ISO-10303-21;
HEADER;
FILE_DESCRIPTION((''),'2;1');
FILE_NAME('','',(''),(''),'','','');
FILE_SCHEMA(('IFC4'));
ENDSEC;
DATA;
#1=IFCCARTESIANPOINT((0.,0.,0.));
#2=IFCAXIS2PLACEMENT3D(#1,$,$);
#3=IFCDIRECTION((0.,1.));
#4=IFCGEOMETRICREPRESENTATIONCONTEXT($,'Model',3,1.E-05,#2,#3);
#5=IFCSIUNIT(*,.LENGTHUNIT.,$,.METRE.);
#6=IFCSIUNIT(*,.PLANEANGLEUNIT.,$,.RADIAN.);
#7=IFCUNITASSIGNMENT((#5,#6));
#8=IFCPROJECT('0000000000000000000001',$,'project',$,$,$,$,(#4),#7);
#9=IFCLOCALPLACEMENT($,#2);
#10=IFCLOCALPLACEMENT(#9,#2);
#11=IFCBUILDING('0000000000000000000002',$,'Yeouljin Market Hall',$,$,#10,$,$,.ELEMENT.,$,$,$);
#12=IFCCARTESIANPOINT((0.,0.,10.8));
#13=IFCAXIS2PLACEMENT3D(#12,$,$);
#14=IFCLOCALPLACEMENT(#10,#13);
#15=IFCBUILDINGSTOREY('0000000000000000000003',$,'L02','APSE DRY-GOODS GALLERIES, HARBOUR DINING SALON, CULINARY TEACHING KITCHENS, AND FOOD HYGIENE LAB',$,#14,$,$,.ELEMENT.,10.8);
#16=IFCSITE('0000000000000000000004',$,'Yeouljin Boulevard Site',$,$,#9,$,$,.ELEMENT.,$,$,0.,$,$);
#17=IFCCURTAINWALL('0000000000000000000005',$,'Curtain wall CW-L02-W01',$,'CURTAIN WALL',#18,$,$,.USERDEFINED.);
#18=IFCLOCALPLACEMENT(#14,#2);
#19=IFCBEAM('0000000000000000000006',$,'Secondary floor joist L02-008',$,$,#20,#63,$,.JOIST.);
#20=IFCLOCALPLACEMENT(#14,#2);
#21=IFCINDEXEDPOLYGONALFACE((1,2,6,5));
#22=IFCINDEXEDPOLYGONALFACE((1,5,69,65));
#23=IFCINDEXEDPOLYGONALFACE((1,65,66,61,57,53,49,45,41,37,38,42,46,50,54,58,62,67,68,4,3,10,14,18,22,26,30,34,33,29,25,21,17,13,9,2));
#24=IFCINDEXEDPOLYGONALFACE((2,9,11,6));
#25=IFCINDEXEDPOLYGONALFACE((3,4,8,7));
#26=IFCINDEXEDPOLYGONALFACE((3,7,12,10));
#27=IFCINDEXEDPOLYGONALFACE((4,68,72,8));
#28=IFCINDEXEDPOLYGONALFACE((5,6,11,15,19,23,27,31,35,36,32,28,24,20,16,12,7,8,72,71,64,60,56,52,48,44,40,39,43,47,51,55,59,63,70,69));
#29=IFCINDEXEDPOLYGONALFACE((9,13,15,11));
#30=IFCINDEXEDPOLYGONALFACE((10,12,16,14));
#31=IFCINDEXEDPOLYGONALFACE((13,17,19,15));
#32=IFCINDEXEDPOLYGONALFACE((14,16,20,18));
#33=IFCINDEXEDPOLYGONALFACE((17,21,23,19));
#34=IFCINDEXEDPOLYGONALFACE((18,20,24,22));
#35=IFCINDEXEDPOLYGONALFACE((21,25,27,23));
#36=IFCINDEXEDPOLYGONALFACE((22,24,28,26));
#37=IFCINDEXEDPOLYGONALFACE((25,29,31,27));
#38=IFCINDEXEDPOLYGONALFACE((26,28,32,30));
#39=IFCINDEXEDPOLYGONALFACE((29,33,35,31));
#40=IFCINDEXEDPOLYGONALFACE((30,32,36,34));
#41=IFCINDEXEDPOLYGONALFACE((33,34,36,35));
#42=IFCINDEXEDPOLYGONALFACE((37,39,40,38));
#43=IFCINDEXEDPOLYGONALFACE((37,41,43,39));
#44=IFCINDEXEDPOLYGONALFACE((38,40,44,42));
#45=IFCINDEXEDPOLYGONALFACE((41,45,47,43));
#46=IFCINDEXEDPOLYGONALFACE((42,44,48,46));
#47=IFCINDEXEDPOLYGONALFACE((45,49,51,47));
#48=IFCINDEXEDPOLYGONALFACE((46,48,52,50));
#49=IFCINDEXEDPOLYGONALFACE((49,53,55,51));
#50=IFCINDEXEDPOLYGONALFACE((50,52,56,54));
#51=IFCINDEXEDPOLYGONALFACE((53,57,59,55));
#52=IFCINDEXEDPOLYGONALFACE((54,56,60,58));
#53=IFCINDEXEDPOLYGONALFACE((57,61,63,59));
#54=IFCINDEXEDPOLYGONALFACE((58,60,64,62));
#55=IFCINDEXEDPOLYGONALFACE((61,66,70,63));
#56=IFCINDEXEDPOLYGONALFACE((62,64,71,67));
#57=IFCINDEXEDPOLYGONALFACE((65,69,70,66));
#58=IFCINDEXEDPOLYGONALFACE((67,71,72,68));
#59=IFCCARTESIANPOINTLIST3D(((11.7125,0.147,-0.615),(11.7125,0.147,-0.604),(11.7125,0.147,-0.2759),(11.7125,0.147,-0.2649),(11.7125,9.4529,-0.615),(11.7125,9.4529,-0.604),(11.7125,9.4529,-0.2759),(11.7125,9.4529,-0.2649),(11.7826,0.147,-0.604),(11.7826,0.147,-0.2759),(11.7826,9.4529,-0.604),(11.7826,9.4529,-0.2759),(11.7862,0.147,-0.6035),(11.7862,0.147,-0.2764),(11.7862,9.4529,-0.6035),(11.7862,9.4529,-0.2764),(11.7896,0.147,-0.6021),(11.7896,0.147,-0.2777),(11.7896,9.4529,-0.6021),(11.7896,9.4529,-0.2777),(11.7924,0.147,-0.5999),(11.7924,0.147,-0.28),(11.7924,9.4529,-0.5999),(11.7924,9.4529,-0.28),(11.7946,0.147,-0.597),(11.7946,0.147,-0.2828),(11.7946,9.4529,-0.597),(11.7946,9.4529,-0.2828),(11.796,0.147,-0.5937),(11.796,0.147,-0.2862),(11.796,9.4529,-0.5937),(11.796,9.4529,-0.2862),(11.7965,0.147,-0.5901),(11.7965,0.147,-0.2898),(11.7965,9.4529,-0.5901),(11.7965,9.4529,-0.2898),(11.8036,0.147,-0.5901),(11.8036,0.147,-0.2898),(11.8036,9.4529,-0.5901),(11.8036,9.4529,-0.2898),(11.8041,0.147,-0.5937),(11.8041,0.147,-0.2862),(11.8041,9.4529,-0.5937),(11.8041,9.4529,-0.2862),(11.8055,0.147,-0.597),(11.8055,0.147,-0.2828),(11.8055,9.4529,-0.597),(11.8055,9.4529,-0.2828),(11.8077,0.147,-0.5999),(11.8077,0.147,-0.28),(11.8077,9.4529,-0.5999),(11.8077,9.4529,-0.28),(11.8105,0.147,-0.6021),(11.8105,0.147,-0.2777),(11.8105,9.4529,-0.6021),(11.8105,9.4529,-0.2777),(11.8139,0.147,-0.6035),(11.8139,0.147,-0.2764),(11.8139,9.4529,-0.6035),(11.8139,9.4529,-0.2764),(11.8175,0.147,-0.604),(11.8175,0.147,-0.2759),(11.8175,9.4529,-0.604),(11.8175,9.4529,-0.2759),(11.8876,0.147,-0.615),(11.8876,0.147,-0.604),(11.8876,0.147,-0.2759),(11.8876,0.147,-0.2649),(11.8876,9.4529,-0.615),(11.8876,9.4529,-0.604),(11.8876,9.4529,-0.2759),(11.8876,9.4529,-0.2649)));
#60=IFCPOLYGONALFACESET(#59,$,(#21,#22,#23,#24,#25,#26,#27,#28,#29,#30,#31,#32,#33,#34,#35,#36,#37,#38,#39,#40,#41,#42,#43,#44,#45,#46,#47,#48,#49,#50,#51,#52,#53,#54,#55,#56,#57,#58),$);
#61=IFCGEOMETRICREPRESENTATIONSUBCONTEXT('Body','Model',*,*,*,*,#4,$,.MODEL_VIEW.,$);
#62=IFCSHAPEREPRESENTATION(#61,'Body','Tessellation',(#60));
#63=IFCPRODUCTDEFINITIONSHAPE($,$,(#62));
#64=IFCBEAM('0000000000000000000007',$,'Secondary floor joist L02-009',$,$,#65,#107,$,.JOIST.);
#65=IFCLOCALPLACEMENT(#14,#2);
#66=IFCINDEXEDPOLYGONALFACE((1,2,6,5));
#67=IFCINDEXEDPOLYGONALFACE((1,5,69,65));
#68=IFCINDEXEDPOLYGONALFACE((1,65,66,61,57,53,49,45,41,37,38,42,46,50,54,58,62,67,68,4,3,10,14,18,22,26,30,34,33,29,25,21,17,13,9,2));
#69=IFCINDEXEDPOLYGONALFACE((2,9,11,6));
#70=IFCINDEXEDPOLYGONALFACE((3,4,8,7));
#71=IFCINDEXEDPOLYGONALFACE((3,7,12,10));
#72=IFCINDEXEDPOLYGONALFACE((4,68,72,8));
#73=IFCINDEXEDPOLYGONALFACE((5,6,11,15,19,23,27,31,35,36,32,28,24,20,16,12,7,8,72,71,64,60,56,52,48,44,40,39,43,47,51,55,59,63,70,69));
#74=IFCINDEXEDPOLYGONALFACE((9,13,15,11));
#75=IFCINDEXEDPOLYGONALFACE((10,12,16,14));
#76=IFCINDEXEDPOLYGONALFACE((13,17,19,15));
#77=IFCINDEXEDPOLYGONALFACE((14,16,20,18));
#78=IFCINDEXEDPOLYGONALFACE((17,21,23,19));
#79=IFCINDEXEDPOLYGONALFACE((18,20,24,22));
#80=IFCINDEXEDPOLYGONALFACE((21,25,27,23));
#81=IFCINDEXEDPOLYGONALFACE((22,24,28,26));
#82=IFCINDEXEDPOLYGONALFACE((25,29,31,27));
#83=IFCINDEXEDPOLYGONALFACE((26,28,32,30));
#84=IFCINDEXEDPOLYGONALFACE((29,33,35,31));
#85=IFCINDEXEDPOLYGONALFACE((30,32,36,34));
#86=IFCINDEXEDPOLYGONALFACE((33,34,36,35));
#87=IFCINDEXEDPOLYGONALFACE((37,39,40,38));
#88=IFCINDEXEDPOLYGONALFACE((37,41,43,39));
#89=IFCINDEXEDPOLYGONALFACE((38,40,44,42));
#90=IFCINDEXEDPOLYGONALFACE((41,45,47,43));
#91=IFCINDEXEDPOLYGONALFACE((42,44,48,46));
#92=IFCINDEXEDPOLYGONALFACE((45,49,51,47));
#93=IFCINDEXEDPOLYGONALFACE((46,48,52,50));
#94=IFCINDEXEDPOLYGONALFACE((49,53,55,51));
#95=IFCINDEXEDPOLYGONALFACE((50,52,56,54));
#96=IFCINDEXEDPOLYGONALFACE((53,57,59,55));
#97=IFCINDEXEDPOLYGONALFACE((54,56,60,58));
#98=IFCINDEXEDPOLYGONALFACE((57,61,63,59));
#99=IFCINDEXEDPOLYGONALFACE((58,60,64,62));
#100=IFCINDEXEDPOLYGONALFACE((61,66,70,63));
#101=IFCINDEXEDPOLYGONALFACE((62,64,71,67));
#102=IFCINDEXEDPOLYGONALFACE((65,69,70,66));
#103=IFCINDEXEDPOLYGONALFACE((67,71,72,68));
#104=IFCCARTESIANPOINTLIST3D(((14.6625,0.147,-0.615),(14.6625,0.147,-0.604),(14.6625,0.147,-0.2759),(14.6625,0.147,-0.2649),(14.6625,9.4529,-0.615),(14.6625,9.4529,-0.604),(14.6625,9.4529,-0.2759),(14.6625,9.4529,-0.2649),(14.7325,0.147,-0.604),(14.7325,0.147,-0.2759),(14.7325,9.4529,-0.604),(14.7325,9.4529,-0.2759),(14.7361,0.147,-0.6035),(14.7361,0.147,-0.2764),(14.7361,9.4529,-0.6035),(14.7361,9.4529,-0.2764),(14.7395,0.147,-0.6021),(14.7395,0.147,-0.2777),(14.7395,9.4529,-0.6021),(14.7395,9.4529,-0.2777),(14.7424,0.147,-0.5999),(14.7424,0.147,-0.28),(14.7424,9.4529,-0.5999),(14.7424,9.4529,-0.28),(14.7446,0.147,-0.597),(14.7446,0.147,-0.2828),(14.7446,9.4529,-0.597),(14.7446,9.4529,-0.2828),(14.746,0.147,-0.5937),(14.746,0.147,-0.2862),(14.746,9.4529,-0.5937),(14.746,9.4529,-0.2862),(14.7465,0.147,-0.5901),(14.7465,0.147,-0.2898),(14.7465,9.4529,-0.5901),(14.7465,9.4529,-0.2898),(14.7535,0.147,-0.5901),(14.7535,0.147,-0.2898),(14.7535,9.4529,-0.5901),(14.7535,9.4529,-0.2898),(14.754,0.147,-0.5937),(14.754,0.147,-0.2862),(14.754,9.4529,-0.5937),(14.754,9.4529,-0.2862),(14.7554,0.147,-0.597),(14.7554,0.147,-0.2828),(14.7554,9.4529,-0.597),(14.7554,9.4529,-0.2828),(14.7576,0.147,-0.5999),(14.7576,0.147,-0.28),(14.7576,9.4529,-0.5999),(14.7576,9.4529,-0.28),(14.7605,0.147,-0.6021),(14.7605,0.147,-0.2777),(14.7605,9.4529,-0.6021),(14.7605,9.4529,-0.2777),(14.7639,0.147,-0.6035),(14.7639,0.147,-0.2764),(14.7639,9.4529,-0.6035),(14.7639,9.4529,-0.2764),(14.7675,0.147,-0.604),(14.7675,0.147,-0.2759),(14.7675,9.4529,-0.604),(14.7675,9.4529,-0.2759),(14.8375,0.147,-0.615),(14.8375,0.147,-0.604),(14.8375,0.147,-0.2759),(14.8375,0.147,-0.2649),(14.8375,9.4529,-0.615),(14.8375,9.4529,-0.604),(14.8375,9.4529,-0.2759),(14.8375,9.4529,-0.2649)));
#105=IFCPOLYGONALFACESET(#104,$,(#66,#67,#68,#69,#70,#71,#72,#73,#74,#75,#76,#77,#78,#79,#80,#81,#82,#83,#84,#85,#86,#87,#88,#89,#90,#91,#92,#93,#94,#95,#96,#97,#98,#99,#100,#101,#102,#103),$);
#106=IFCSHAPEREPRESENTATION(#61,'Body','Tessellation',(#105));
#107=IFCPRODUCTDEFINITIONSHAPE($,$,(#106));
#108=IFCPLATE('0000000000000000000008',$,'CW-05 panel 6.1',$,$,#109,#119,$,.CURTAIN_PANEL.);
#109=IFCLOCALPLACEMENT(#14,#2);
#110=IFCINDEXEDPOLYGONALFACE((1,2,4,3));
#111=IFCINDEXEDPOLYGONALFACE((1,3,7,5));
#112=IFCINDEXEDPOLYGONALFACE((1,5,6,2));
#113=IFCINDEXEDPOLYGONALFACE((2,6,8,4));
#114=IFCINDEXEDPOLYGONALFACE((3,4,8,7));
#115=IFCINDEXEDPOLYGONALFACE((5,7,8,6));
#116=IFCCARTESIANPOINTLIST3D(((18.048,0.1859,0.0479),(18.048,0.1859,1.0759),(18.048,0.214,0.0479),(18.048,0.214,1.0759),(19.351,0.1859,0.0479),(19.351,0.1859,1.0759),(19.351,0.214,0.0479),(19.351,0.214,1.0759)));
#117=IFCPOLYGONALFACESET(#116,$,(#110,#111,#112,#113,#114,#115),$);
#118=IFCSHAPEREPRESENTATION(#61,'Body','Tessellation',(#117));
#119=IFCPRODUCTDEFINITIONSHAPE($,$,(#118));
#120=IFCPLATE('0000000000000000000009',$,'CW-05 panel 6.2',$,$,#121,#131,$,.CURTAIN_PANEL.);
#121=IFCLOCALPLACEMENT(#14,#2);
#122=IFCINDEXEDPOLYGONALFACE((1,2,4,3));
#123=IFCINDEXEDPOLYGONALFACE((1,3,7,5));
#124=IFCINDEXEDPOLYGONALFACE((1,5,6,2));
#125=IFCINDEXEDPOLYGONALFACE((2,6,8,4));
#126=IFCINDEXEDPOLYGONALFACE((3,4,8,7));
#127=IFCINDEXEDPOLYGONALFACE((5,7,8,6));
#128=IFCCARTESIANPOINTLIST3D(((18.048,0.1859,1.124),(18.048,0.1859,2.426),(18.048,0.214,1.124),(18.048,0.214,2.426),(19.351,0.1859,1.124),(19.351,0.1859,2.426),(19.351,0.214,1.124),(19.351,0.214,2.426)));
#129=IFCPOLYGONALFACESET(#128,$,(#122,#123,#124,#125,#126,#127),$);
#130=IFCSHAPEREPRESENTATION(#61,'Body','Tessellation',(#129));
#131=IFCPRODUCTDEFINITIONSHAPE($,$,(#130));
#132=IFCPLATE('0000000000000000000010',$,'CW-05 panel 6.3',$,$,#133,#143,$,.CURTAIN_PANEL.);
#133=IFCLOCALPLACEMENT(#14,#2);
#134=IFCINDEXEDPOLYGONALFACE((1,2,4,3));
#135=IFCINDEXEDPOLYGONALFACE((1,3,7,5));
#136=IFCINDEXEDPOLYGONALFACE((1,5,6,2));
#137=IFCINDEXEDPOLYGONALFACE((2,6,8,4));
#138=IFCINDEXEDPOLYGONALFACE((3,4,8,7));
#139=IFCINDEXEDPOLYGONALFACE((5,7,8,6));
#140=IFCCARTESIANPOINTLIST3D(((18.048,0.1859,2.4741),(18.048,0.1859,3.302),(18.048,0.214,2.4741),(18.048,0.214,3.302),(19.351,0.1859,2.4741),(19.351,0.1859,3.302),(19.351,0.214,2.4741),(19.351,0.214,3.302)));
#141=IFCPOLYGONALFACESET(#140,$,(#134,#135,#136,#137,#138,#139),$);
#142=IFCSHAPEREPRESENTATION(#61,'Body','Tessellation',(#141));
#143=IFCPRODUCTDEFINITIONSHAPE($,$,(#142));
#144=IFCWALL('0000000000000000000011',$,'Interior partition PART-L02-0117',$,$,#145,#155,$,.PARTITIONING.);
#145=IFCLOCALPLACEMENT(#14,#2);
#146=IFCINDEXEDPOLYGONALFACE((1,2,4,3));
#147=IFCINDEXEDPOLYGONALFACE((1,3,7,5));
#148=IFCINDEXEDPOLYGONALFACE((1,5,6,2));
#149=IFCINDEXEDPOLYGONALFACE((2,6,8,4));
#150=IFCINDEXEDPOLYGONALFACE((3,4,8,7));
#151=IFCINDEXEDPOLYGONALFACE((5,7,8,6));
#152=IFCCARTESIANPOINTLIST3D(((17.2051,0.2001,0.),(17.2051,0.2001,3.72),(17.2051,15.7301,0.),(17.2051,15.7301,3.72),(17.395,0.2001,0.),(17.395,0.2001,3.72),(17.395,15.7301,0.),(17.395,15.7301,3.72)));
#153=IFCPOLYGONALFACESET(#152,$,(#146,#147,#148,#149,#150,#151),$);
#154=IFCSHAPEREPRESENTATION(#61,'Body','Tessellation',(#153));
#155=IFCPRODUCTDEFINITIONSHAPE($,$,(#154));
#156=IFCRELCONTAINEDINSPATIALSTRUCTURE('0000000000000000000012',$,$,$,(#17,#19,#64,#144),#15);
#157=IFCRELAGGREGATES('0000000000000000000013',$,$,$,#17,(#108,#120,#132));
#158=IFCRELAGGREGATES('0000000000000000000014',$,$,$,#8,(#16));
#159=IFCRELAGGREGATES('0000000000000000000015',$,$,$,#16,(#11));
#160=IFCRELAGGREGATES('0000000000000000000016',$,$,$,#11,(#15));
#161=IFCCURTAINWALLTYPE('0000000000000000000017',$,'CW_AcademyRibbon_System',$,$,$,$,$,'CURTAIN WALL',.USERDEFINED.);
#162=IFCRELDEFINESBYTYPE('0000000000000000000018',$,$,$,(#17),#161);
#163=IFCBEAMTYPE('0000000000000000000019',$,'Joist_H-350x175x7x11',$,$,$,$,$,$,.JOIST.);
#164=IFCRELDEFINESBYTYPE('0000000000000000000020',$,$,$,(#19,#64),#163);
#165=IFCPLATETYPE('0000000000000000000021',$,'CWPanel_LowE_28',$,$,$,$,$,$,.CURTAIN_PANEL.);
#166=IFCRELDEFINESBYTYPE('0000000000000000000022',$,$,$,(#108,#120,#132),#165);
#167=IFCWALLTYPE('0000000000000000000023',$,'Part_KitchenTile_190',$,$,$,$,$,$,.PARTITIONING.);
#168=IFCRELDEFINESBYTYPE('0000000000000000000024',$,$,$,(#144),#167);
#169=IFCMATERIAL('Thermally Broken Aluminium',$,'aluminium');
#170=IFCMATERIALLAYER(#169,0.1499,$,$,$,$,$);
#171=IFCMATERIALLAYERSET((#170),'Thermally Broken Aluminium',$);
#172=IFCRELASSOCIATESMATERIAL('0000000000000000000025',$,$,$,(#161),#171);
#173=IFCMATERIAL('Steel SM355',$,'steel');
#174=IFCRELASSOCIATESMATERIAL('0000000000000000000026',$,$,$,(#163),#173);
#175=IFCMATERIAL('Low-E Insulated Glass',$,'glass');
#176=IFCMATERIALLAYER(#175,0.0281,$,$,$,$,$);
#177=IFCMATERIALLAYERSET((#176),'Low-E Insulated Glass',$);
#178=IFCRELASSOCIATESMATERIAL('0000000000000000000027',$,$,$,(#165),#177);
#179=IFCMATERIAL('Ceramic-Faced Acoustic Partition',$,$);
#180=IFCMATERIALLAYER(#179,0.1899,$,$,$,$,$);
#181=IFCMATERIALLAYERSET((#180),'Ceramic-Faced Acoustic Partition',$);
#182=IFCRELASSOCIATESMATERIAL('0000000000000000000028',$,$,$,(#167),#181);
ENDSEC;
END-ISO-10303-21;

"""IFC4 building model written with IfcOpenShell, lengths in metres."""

from ifc_helpers import new_model, si_unit, direction, frame, frame_2d, origin, origin_2d, place, context, subcontext, project, spatial, rectangle, i_section, extrude, material, layer, layer_set, material_profile, profile_set, type_object, element, aggregate, save


model = new_model("IFC4")

# Units and contexts
model_context = context("Model", 3, precision=1e-05, world=origin(), true_north=direction((0.0, 1.0)))
body_context = subcontext(model_context, "Body", "Model", "MODEL_VIEW")
ifc_project = project(units=[si_unit("LENGTHUNIT", "METRE"), si_unit("PLANEANGLEUNIT", "RADIAN")], contexts=[model_context])

# Site, building, storey
site_placement = place(None, origin())
site = spatial("IfcSite", under=ifc_project, at=site_placement, Name="Yeouljin Boulevard Site", CompositionType="ELEMENT", RefElevation=0.0)
building_placement = place(site_placement, origin())
building = spatial("IfcBuilding", under=site, at=building_placement, Name="Yeouljin Market Hall", CompositionType="ELEMENT")
storey_placement = place(building_placement, frame((0.0, 0.0, 10.8)))
storey = spatial("IfcBuildingStorey", under=building, at=storey_placement, Name="L02", Description="APSE DRY-GOODS GALLERIES, HARBOUR DINING SALON, CULINARY TEACHING KITCHENS, AND FOOD HYGIENE LAB", CompositionType="ELEMENT", Elevation=10.8)

# Curtain wall
ifc_material_1 = material(Name="Thermally Broken Aluminium", Category="aluminium")
ifc_layer_1 = layer(ifc_material_1, 0.1499)
ifc_layer_set_1 = layer_set([ifc_layer_1], Name="Thermally Broken Aluminium")
curtain_wall_type = type_object("IfcCurtainWallType", Name="CW_AcademyRibbon_System", ElementType="CURTAIN WALL", PredefinedType="USERDEFINED", material=ifc_layer_set_1)
curtain_wall_1_placement = place(storey_placement, origin())
curtain_wall_1 = element("IfcCurtainWall", 1, at=curtain_wall_1_placement, inside=storey, type_object=curtain_wall_type, Name="Curtain wall CW-L02-W01", ObjectType="CURTAIN WALL", PredefinedType="USERDEFINED")

# Beams
ifc_material_2 = material(Name="Steel SM355", Category="steel")
ifc_material_profile_1 = material_profile(ifc_material_2, i_section(OverallWidth=0.175, OverallDepth=0.3501, WebThickness=0.0071, FlangeThickness=0.011, FilletRadius=0.0139, at=origin_2d()), Name="H-350x175x7x11")
ifc_profile_set_1 = profile_set([ifc_material_profile_1], Name="Steel SM355")
beam_type_1 = type_object("IfcBeamType", Name="Joist_H-350x175x7x11", PredefinedType="JOIST", material=ifc_profile_set_1)
for number, where, z_axis, x_axis, name in (
    (2, (11.8, 0.147, -0.4399), (0.0, 1.0, 0.0), (-1.0, 0.0, 0.0), "Secondary floor joist L02-008"),
    (3, (14.75, 0.147, -0.4399), (0.0, 1.0, 0.0), (-1.0, 0.0, 0.0), "Secondary floor joist L02-009"),
):
    element("IfcBeam", number, at=place(storey_placement, frame(where, z_axis=z_axis, x_axis=x_axis)), inside=storey, type_object=beam_type_1, Name=name, PredefinedType="JOIST", context=body_context, shape_type="SweptSolid", body=[
        extrude(i_section(OverallWidth=0.175, OverallDepth=0.3501, WebThickness=0.0071, FlangeThickness=0.011, FilletRadius=0.0139, at=origin_2d()), origin(), (0.0, 0.0, 1.0), 9.3059),
    ])

# Plates
ifc_material_3 = material(Name="Low-E Insulated Glass", Category="glass")
ifc_layer_2 = layer(ifc_material_3, 0.0281)
ifc_layer_set_2 = layer_set([ifc_layer_2], Name="Low-E Insulated Glass")
plate_type = type_object("IfcPlateType", Name="CWPanel_LowE_28", PredefinedType="CURTAIN_PANEL", material=ifc_layer_set_2)
plate_1_placement = place(storey_placement, frame((18.6995, 0.2, 0.0479), z_axis=(0.0, 0.0, 1.0), x_axis=(-1.0, 0.0, 0.0)))
plate_1 = element("IfcPlate", 4, at=plate_1_placement, type_object=plate_type, Name="CW-05 panel 6.1", PredefinedType="CURTAIN_PANEL", context=body_context, shape_type="SweptSolid", body=[
    extrude(rectangle(XDim=1.303, YDim=0.0281, at=origin_2d()), origin(), (0.0, 0.0, 1.0), 1.0281),
])
plate_2_placement = place(storey_placement, frame((18.6995, 0.2, 1.124), z_axis=(0.0, 0.0, 1.0), x_axis=(-1.0, 0.0, 0.0)))
plate_2 = element("IfcPlate", 5, at=plate_2_placement, type_object=plate_type, Name="CW-05 panel 6.2", PredefinedType="CURTAIN_PANEL", context=body_context, shape_type="SweptSolid", body=[
    extrude(rectangle(XDim=1.303, YDim=0.0281, at=origin_2d()), origin(), (0.0, 0.0, 1.0), 1.302),
])
plate_3_placement = place(storey_placement, frame((18.6995, 0.2, 2.4741), z_axis=(0.0, 0.0, 1.0), x_axis=(-1.0, 0.0, 0.0)))
plate_3 = element("IfcPlate", 6, at=plate_3_placement, type_object=plate_type, Name="CW-05 panel 6.3", PredefinedType="CURTAIN_PANEL", context=body_context, shape_type="SweptSolid", body=[
    extrude(rectangle(XDim=1.303, YDim=0.0281, at=origin_2d()), origin(), (0.0, 0.0, 1.0), 0.8279),
])
aggregate(curtain_wall_1, [plate_1, plate_2, plate_3])

# Wall
ifc_material_4 = material(Name="Ceramic-Faced Acoustic Partition")
ifc_layer_3 = layer(ifc_material_4, 0.1899)
ifc_layer_set_3 = layer_set([ifc_layer_3], Name="Ceramic-Faced Acoustic Partition")
wall_type_1 = type_object("IfcWallType", Name="Part_KitchenTile_190", PredefinedType="PARTITIONING", material=ifc_layer_set_3)
wall_1_placement = place(storey_placement, frame((17.3, 0.2, 0.0), z_axis=(0.0, 0.0, 1.0), x_axis=(0.0, 1.0, 0.0)))
element("IfcWall", 7, at=wall_1_placement, inside=storey, type_object=wall_type_1, Name="Interior partition PART-L02-0117", PredefinedType="PARTITIONING", context=body_context, shape_type="SweptSolid", body=[
    extrude(rectangle(XDim=15.53, YDim=0.1899, at=frame_2d((7.7651, 0.0))), origin(), (0.0, 0.0, 1.0), 3.72),
])

save(model, "model.ifc")
